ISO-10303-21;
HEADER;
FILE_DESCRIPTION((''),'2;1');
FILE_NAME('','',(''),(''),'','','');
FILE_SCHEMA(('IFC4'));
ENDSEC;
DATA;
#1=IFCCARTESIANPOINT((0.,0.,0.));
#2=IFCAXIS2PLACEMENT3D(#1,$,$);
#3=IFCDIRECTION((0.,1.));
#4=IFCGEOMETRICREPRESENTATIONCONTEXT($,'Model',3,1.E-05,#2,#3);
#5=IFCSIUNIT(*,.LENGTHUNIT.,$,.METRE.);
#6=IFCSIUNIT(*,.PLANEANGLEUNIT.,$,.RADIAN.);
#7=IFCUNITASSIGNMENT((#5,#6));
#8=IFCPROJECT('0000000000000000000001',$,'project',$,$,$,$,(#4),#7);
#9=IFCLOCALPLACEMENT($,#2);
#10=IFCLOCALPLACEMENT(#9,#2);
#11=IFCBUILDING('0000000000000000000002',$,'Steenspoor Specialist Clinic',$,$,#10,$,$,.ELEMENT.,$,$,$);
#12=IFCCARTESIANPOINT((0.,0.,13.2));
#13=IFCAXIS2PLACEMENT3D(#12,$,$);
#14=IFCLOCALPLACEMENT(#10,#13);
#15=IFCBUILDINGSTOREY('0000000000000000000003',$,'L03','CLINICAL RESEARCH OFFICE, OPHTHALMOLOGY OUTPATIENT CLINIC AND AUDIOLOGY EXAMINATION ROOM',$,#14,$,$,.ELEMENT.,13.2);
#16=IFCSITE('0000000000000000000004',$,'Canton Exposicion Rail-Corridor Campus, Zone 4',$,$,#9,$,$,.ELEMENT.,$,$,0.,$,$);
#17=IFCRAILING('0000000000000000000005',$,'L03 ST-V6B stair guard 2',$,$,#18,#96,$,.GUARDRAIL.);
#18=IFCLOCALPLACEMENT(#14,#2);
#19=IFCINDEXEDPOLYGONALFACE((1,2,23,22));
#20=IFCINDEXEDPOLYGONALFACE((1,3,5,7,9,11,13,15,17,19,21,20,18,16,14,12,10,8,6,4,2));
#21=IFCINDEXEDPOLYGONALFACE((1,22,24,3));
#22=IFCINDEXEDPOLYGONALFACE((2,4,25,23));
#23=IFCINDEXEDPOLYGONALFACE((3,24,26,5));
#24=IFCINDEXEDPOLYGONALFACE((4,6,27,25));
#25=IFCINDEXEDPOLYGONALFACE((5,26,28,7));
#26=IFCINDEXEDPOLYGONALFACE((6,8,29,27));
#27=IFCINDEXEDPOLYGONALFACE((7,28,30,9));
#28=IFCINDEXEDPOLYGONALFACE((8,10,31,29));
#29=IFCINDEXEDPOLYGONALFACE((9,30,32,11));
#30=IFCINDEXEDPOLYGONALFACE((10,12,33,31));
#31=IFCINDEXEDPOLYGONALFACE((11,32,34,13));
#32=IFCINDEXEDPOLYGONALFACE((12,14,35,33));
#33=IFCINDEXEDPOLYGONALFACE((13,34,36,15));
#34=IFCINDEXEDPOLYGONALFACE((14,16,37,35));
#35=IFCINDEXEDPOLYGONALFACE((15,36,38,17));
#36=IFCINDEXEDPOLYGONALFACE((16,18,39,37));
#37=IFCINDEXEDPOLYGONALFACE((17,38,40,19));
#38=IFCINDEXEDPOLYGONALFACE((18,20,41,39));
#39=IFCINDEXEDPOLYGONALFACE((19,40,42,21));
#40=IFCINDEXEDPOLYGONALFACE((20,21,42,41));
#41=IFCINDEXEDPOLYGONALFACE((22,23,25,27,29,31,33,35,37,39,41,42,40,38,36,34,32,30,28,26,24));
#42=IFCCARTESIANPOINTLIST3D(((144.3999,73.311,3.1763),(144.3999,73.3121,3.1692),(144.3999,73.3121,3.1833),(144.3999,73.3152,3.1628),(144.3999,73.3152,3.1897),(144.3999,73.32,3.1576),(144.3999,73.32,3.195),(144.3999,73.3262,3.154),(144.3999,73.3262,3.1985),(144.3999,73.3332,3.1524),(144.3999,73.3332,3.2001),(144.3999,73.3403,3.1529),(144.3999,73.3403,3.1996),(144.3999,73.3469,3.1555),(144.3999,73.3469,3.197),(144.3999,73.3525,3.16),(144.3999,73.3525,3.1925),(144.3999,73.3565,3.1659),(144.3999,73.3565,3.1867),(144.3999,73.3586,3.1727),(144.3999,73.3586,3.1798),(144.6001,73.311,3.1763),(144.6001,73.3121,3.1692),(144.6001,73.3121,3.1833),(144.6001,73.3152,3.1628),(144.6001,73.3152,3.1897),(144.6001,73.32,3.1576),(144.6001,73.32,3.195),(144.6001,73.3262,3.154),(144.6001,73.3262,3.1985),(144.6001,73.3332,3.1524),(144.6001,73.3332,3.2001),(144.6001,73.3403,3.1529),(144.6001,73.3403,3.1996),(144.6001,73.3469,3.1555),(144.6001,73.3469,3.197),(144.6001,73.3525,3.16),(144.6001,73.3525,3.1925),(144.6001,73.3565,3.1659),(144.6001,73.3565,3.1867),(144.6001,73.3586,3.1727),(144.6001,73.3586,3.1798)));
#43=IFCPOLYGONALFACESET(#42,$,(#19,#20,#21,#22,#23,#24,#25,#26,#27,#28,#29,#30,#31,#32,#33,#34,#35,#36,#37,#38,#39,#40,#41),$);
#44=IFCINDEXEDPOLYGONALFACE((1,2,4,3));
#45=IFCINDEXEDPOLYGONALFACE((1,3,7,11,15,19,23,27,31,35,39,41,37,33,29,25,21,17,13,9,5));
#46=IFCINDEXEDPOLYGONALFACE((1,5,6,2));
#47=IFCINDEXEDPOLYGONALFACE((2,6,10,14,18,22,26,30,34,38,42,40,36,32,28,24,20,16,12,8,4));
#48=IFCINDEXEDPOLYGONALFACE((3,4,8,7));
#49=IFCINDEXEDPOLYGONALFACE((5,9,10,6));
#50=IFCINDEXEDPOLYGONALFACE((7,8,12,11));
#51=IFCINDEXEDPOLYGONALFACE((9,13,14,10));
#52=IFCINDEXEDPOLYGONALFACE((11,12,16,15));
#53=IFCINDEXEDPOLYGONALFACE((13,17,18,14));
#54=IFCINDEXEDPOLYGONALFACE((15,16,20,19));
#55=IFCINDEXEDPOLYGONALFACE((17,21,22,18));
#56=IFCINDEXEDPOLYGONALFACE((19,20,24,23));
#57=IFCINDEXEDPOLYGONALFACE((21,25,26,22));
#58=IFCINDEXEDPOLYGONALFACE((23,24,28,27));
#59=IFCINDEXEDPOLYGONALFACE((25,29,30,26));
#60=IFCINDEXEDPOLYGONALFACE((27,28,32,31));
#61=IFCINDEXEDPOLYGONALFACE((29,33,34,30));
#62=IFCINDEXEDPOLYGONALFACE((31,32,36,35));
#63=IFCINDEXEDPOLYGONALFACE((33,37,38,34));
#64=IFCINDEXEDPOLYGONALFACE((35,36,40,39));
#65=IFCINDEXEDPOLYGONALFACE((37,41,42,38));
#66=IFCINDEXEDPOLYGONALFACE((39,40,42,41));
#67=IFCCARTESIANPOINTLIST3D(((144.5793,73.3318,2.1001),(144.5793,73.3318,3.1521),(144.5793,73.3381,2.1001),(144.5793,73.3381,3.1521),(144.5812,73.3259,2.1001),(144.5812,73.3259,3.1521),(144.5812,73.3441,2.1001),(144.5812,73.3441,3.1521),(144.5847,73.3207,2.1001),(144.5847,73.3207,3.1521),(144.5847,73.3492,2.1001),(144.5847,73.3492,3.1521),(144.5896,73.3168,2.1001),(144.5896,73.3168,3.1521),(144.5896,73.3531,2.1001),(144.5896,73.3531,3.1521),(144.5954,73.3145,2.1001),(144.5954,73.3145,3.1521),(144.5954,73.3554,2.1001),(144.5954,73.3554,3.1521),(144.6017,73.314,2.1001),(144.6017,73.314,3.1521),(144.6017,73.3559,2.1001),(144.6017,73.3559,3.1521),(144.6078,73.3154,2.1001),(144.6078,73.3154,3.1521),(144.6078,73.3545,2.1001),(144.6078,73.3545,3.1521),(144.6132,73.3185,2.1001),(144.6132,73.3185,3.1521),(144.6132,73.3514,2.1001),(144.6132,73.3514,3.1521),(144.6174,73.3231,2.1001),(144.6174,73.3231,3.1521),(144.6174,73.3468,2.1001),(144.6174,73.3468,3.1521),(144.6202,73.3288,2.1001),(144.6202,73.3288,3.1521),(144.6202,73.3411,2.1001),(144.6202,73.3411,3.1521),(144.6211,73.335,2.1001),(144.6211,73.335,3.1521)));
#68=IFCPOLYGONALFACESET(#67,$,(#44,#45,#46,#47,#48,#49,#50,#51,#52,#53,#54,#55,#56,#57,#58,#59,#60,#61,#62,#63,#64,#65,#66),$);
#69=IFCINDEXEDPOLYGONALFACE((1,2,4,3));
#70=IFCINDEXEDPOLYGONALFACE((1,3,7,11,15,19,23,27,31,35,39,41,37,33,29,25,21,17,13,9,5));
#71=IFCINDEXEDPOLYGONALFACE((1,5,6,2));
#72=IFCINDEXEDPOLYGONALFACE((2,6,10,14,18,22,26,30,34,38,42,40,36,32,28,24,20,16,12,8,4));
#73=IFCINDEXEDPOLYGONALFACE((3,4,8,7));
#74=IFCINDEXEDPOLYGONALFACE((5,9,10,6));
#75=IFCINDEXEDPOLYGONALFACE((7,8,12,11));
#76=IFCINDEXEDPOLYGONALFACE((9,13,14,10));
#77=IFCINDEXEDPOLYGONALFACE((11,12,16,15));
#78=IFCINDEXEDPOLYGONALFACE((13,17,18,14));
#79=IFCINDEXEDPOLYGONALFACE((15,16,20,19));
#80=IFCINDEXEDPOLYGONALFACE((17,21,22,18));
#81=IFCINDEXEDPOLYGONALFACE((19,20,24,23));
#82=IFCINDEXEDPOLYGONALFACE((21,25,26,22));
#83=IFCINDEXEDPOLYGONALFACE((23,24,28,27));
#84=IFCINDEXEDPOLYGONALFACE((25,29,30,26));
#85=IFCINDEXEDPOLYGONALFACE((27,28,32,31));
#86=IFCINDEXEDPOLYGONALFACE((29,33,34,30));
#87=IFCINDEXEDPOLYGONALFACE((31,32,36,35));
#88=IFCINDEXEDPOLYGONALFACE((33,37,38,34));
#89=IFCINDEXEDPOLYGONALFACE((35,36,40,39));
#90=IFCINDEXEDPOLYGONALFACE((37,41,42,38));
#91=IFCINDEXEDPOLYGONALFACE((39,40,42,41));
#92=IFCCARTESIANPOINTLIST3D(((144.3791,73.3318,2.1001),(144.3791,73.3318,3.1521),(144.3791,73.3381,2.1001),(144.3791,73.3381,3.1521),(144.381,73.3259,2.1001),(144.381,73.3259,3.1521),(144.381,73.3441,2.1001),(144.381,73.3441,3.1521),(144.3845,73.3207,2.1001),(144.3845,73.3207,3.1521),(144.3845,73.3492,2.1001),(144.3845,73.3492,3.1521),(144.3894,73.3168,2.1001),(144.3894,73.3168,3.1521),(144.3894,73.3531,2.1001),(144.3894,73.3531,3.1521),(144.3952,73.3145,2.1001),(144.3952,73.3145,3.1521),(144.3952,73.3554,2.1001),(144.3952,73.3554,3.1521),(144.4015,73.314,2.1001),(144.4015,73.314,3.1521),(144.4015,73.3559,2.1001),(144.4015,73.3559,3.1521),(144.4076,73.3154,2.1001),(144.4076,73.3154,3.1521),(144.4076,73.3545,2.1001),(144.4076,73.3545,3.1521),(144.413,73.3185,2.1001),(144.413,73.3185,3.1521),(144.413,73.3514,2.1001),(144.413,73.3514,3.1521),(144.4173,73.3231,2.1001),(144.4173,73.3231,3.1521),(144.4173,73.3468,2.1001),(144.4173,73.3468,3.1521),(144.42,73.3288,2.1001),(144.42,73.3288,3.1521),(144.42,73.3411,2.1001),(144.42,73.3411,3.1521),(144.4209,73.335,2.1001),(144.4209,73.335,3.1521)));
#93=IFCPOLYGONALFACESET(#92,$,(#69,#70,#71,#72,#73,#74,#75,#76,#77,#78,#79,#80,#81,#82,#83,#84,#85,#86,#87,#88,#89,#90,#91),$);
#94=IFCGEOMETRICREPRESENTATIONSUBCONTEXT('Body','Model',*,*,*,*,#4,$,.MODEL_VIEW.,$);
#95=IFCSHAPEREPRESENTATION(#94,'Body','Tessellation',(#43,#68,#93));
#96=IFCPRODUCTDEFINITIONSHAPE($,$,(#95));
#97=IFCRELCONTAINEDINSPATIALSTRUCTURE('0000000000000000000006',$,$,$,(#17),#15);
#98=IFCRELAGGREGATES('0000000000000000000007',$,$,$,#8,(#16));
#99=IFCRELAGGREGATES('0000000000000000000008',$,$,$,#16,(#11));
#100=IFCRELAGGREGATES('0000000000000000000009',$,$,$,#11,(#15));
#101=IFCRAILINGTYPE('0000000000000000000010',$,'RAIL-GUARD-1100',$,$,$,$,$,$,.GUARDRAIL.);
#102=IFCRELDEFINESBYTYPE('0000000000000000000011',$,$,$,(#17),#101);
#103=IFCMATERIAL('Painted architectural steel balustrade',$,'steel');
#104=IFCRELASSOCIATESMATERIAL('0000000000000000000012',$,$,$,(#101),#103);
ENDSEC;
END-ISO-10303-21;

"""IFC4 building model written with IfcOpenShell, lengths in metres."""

from ifc_helpers import new_model, si_unit, direction, frame, origin, origin_2d, place, context, subcontext, project, spatial, circle, extrude, material, type_object, element, save


model = new_model("IFC4")

# Units and contexts
model_context = context("Model", 3, precision=1e-05, world=origin(), true_north=direction((0.0, 1.0)))
body_context = subcontext(model_context, "Body", "Model", "MODEL_VIEW")
ifc_project = project(units=[si_unit("LENGTHUNIT", "METRE"), si_unit("PLANEANGLEUNIT", "RADIAN")], contexts=[model_context])

# Site, building, storey
site_placement = place(None, origin())
site = spatial("IfcSite", under=ifc_project, at=site_placement, Name="Canton Exposicion Rail-Corridor Campus, Zone 4", CompositionType="ELEMENT", RefElevation=0.0)
building_placement = place(site_placement, origin())
building = spatial("IfcBuilding", under=site, at=building_placement, Name="Steenspoor Specialist Clinic", CompositionType="ELEMENT")
storey_placement = place(building_placement, frame((0.0, 0.0, 13.2)))
storey = spatial("IfcBuildingStorey", under=building, at=storey_placement, Name="L03", Description="CLINICAL RESEARCH OFFICE, OPHTHALMOLOGY OUTPATIENT CLINIC AND AUDIOLOGY EXAMINATION ROOM", CompositionType="ELEMENT", Elevation=13.2)

# Railing
ifc_material_1 = material(Name="Painted architectural steel balustrade", Category="steel")
railing_type_1 = type_object("IfcRailingType", Name="RAIL-GUARD-1100", PredefinedType="GUARDRAIL", material=ifc_material_1)
railing_1_placement = place(storey_placement, frame((144.6001, 73.335, 2.1001)))
element("IfcRailing", 1, at=railing_1_placement, inside=storey, type_object=railing_type_1, Name="L03 ST-V6B stair guard 2", PredefinedType="GUARDRAIL", context=body_context, shape_type="SweptSolid", body=[
    extrude(circle(Radius=0.0239, at=origin_2d()), frame((0.0, 0.0, 1.0762), z_axis=(-1.0, 0.0, 0.0), x_axis=(0.0, -1.0, 0.0)), (0.0, 0.0, 1.0), 0.2002),
    extrude(circle(Radius=0.021, at=origin_2d()), origin(), (0.0, 0.0, 1.0), 1.052),
    extrude(circle(Radius=0.021, at=origin_2d()), frame((-0.2002, 0.0, 0.0)), (0.0, 0.0, 1.0), 1.052),
])

save(model, "model.ifc")
